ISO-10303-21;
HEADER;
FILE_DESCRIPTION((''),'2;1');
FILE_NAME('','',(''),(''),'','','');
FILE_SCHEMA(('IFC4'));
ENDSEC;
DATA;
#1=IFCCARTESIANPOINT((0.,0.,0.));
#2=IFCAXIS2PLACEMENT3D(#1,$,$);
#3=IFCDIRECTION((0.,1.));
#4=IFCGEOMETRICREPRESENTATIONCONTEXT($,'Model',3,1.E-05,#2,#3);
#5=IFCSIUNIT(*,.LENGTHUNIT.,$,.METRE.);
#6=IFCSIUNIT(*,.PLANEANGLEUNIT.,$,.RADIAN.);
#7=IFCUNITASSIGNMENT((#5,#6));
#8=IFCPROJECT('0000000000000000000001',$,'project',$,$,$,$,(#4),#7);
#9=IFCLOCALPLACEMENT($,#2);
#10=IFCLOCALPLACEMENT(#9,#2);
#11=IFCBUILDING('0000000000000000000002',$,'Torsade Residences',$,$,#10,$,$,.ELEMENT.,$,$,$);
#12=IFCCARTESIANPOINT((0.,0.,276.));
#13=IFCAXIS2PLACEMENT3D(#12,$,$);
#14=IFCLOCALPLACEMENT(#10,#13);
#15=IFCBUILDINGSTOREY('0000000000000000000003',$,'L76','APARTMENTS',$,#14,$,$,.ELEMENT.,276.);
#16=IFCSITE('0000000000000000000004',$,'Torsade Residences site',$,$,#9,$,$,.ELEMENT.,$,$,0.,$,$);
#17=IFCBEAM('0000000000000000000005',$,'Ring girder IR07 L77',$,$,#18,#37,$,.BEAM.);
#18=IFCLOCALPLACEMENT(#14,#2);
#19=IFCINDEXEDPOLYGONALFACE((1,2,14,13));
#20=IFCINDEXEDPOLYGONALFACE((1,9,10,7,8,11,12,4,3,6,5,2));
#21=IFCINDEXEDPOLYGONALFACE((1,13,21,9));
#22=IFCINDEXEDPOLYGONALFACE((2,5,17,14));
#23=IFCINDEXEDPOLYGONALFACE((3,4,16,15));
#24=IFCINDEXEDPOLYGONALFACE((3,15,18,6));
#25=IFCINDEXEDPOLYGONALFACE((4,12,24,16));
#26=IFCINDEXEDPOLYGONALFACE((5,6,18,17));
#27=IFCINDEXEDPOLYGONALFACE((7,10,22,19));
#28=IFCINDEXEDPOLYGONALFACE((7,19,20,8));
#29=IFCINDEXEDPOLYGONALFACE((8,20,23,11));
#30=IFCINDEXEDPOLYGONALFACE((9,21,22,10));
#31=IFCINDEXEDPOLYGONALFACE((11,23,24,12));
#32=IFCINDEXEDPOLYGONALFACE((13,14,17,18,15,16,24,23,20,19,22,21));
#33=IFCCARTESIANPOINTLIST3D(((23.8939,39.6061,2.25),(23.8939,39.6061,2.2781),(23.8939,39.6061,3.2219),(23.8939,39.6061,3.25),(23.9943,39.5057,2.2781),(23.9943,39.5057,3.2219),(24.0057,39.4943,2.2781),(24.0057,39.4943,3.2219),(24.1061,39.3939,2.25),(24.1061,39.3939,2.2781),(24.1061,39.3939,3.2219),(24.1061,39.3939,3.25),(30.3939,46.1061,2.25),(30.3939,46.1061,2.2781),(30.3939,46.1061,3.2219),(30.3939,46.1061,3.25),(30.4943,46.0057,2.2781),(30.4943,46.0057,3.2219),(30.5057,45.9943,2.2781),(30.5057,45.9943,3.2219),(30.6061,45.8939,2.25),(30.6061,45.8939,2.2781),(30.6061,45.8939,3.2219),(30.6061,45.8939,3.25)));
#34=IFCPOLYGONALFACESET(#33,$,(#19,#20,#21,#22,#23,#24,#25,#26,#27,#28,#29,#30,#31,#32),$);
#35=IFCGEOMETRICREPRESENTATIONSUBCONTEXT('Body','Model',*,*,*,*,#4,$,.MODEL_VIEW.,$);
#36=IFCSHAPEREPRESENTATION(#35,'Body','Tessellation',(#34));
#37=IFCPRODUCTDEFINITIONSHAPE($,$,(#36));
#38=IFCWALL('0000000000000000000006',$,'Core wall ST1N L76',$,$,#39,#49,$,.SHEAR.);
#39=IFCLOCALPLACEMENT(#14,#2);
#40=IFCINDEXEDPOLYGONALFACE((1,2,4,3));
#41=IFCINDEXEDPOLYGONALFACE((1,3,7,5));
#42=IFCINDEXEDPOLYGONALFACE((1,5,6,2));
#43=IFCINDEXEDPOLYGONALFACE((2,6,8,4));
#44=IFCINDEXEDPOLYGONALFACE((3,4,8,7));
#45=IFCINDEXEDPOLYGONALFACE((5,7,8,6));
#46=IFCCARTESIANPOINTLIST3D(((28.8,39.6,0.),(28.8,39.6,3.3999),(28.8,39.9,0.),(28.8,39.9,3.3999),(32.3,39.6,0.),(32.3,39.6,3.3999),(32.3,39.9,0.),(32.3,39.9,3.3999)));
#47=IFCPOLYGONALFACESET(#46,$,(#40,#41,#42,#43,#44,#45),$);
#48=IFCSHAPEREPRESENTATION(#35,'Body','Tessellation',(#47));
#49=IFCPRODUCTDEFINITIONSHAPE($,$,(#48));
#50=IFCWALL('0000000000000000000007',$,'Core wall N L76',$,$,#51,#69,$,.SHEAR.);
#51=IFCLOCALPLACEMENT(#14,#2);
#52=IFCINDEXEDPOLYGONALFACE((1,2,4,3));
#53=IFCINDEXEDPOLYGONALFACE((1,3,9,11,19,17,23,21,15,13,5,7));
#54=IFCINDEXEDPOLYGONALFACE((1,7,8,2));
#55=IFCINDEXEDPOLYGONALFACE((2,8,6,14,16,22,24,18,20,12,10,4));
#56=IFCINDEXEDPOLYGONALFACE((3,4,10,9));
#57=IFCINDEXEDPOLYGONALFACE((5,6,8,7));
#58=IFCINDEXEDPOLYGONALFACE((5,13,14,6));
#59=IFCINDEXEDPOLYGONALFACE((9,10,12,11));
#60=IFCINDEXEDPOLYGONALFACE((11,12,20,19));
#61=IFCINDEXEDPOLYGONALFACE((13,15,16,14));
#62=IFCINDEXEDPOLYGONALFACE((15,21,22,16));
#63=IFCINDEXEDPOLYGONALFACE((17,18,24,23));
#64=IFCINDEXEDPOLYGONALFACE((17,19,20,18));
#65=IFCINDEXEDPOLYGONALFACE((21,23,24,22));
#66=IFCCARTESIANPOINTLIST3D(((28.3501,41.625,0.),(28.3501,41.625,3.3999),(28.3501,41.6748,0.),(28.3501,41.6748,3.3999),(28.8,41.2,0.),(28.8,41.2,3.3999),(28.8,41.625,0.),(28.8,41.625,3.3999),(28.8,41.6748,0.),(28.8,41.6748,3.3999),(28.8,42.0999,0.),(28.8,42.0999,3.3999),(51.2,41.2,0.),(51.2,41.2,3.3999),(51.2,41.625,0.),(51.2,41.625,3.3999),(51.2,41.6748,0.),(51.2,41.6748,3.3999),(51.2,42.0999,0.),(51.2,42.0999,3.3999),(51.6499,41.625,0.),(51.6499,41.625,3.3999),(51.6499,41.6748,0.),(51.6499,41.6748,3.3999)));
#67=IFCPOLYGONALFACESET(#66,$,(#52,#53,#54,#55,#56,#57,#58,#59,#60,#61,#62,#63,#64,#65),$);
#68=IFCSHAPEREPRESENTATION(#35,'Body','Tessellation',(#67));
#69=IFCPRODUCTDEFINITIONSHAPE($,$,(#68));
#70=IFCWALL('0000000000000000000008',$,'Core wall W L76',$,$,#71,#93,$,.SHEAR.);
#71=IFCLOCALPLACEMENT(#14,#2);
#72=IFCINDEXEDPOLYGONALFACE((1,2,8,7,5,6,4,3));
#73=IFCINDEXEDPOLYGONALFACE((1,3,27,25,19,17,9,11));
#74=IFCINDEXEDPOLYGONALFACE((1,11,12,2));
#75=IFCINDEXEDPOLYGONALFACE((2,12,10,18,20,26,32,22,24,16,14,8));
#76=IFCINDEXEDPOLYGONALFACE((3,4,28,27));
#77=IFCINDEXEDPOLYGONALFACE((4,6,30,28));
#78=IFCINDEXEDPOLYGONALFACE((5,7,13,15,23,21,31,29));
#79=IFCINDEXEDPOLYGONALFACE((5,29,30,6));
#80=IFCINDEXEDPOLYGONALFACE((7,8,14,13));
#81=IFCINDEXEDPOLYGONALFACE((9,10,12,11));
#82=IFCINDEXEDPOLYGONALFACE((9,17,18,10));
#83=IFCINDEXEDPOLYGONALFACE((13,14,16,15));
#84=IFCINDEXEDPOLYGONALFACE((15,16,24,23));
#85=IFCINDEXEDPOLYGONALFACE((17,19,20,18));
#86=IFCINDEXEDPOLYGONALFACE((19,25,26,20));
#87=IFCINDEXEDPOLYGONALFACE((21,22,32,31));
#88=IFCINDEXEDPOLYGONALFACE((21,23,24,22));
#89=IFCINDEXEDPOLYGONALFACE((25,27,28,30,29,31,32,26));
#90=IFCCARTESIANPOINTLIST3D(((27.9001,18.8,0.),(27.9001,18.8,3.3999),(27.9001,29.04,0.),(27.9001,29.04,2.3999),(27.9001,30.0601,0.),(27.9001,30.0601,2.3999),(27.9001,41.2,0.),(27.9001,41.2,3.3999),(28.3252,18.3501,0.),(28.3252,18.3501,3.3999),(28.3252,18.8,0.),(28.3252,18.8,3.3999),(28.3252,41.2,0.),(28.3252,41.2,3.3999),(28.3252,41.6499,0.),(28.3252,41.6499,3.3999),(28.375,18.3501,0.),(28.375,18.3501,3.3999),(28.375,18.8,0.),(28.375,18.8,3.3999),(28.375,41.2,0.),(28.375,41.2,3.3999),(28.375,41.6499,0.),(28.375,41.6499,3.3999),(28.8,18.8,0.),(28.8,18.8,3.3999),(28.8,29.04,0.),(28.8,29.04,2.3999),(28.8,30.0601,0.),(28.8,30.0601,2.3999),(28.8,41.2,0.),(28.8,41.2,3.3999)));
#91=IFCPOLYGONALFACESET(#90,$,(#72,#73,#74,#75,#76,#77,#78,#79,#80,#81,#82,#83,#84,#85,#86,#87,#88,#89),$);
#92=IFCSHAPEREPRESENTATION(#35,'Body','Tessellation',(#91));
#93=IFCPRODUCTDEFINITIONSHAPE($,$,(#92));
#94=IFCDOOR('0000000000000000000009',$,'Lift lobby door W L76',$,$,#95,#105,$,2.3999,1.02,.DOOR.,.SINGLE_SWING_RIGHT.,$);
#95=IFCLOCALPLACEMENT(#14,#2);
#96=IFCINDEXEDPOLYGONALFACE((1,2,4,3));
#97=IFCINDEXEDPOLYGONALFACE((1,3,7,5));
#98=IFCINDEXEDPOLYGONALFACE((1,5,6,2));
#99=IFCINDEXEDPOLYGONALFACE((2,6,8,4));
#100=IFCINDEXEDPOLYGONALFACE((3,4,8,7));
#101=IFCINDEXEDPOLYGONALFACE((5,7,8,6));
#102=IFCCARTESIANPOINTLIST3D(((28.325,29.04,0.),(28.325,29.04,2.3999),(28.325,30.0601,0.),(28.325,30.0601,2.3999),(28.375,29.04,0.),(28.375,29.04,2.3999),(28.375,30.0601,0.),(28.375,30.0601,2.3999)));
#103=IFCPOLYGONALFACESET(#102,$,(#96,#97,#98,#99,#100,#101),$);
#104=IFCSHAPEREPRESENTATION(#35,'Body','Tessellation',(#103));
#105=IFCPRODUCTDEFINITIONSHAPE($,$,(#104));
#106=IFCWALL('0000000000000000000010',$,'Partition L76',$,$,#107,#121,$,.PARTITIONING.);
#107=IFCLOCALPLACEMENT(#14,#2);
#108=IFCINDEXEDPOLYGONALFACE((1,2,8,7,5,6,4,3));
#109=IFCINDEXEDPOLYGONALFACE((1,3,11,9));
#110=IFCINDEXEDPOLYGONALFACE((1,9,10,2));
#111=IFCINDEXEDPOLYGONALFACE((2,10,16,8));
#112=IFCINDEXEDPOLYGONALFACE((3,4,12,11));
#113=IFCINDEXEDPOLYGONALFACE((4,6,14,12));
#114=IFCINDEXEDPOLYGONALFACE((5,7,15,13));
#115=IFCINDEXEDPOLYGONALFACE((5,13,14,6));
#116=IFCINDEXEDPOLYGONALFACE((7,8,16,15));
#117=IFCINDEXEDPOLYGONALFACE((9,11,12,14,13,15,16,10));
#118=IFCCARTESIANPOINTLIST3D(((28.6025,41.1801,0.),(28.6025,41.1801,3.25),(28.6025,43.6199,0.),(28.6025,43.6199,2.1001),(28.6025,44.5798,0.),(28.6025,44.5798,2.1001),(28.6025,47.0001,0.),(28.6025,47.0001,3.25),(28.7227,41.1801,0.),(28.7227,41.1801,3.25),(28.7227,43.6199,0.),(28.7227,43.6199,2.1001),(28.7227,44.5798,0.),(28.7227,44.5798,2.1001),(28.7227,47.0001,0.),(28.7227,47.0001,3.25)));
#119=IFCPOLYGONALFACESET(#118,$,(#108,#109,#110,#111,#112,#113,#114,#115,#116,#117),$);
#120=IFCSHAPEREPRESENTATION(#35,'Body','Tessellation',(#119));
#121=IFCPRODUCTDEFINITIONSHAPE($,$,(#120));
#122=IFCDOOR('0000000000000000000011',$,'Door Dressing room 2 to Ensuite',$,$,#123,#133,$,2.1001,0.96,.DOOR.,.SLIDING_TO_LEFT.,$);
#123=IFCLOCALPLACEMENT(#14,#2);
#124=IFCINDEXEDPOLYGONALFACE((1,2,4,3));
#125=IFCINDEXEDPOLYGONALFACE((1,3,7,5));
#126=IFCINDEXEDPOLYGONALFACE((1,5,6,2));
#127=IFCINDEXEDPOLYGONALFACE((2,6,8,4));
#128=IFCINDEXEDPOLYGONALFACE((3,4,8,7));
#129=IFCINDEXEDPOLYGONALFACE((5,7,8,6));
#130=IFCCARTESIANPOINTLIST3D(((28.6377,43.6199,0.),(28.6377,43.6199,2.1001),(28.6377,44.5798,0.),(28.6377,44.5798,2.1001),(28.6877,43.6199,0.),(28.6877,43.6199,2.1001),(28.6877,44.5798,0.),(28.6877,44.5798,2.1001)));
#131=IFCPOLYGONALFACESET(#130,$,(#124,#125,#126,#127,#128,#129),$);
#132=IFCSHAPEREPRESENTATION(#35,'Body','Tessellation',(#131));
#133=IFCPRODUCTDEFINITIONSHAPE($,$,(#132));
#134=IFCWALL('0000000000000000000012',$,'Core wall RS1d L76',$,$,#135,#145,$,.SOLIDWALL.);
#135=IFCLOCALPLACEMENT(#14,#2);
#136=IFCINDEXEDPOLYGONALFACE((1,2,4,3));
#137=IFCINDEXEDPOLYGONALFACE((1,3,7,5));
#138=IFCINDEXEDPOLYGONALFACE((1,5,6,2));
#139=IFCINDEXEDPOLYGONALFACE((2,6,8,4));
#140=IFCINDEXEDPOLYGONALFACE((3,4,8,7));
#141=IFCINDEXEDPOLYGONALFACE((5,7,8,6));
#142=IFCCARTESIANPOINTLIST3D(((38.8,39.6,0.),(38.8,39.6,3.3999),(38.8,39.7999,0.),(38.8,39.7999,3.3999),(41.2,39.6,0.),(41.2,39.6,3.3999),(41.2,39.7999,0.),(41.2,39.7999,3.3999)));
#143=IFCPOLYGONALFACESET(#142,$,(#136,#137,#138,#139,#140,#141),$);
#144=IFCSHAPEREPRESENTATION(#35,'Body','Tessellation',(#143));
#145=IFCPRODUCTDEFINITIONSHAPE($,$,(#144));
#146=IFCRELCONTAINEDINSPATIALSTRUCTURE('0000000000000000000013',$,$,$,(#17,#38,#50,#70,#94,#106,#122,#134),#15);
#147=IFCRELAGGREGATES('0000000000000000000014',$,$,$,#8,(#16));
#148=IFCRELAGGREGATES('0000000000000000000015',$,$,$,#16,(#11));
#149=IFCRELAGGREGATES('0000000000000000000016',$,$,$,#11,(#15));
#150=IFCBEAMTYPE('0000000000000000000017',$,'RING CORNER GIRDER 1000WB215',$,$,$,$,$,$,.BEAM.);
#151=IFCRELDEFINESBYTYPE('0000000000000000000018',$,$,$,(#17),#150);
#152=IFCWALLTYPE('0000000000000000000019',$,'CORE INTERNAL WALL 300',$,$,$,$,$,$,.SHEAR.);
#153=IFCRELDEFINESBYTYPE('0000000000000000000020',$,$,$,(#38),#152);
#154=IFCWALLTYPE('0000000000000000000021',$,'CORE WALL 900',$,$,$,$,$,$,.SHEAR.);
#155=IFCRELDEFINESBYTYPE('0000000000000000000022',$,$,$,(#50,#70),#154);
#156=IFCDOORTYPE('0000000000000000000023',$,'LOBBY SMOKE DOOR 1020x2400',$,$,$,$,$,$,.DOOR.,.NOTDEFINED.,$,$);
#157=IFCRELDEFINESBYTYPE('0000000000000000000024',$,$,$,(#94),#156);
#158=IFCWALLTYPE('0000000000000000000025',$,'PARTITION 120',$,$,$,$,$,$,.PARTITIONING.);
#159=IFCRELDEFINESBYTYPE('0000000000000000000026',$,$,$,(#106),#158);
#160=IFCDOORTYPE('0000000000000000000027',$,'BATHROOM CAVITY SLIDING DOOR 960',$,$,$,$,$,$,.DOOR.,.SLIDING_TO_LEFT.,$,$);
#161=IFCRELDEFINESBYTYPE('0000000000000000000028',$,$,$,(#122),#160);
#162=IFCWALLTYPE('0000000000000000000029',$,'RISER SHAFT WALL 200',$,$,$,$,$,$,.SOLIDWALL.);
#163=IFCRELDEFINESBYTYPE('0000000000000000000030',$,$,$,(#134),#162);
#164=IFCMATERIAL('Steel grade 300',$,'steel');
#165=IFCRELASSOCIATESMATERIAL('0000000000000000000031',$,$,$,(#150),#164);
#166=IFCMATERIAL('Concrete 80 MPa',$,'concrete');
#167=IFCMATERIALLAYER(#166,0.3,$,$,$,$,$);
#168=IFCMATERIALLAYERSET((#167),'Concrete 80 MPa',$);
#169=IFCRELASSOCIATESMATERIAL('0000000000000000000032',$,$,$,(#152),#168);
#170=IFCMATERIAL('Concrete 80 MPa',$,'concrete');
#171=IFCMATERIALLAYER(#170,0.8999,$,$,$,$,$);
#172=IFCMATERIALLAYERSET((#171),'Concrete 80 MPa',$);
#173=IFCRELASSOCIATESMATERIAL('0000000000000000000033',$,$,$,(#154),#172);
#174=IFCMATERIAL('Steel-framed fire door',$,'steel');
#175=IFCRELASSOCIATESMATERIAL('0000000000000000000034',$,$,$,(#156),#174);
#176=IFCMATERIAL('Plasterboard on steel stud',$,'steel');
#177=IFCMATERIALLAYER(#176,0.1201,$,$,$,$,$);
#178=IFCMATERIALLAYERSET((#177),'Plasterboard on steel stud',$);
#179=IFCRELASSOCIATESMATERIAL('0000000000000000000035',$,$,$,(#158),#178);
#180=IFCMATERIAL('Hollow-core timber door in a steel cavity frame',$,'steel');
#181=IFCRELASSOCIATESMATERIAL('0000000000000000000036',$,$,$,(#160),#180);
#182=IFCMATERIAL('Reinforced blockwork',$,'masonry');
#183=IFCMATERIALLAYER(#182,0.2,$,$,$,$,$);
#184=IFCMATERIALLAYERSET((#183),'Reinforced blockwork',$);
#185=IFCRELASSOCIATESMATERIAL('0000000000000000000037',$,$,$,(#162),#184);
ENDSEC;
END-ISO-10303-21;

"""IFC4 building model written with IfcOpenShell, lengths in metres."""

from ifc_helpers import new_model, si_unit, direction, frame, frame_2d, origin, origin_2d, place, context, subcontext, project, spatial, polyline, rectangle, i_section, outline, extrude, material, layer, layer_set, material_profile, profile_set, type_object, element, fill, save


model = new_model("IFC4")

# Units and contexts
model_context = context("Model", 3, precision=1e-05, world=origin(), true_north=direction((0.0, 1.0)))
body_context = subcontext(model_context, "Body", "Model", "MODEL_VIEW")
ifc_project = project(units=[si_unit("LENGTHUNIT", "METRE"), si_unit("PLANEANGLEUNIT", "RADIAN")], contexts=[model_context])

# Site, building, storey
site_placement = place(None, origin())
site = spatial("IfcSite", under=ifc_project, at=site_placement, Name="Torsade Residences site", CompositionType="ELEMENT", RefElevation=0.0)
building_placement = place(site_placement, origin())
building = spatial("IfcBuilding", under=site, at=building_placement, Name="Torsade Residences", CompositionType="ELEMENT")
storey_placement = place(building_placement, frame((0.0, 0.0, 276.0)))
storey = spatial("IfcBuildingStorey", under=building, at=storey_placement, Name="L76", Description="APARTMENTS", CompositionType="ELEMENT", Elevation=276.0)

# Beam
ifc_material_1 = material(Name="Steel grade 300", Category="steel")
ifc_material_profile_1 = material_profile(ifc_material_1, i_section(OverallWidth=0.3, OverallDepth=1.0, WebThickness=0.0161, FlangeThickness=0.0281, at=origin_2d()), Name="1000WB215")
ifc_profile_set_1 = profile_set([ifc_material_profile_1], Name="Steel grade 300")
beam_type_1 = type_object("IfcBeamType", Name="RING CORNER GIRDER 1000WB215", PredefinedType="BEAM", material=ifc_profile_set_1)
beam_1_placement = place(storey_placement, frame((30.5, 46.0, 2.75), z_axis=(-0.707107, -0.707107, 0.0), x_axis=(0.707107, -0.707107, 0.0)))
element("IfcBeam", 1, at=beam_1_placement, inside=storey, type_object=beam_type_1, Name="Ring girder IR07 L77", PredefinedType="BEAM", context=body_context, shape_type="SweptSolid", body=[
    extrude(i_section(OverallWidth=0.3, OverallDepth=1.0, WebThickness=0.0161, FlangeThickness=0.0281, at=origin_2d()), origin(), (0.0, 0.0, 1.0), 9.1924),
])

# Walls
ifc_material_2 = material(Name="Concrete 80 MPa", Category="concrete")
ifc_layer_1 = layer(ifc_material_2, 0.3)
ifc_layer_set_1 = layer_set([ifc_layer_1], Name="Concrete 80 MPa")
wall_type_1 = type_object("IfcWallType", Name="CORE INTERNAL WALL 300", PredefinedType="SHEAR", material=ifc_layer_set_1)
wall_1_placement = place(storey_placement, frame((28.8, 39.75, 0.0), z_axis=(0.0, 0.0, 1.0), x_axis=(1.0, 0.0, 0.0)))
element("IfcWall", 2, at=wall_1_placement, inside=storey, type_object=wall_type_1, Name="Core wall ST1N L76", PredefinedType="SHEAR", context=body_context, shape_type="SweptSolid", body=[
    extrude(rectangle(XDim=3.5, YDim=0.3, at=frame_2d((1.75, 0.0))), origin(), (0.0, 0.0, 1.0), 3.3999),
])
ifc_material_3 = material(Name="Concrete 80 MPa", Category="concrete")
ifc_layer_2 = layer(ifc_material_3, 0.8999)
ifc_layer_set_2 = layer_set([ifc_layer_2], Name="Concrete 80 MPa")
wall_type_2 = type_object("IfcWallType", Name="CORE WALL 900", PredefinedType="SHEAR", material=ifc_layer_set_2)
wall_2_placement = place(storey_placement, frame((28.8, 41.6499, 0.0), z_axis=(0.0, 0.0, 1.0), x_axis=(1.0, 0.0, 0.0)))
element("IfcWall", 3, at=wall_2_placement, inside=storey, type_object=wall_type_2, Name="Core wall N L76", PredefinedType="SHEAR", context=body_context, shape_type="SweptSolid", body=[
    extrude(outline(polyline([(0.0, -0.45), (22.3999, -0.45), (22.3999, -0.0249), (22.8499, -0.0249), (22.8499, 0.0249), (22.3999, 0.0249), (22.3999, 0.45), (0.0, 0.45), (0.0, 0.0249), (-0.45, 0.0249), (-0.45, -0.0249), (0.0, -0.0249), (0.0, -0.45)])), origin(), (0.0, 0.0, 1.0), 3.3999),
])

# Walls, openings, doors
wall_3_placement = place(storey_placement, frame((28.3501, 41.2, 0.0), z_axis=(0.0, 0.0, 1.0), x_axis=(0.0, -1.0, 0.0)))
wall_3 = element("IfcWall", 4, at=wall_3_placement, inside=storey, type_object=wall_type_2, Name="Core wall W L76", PredefinedType="SHEAR", context=body_context, shape_type="SweptSolid", body=[
    extrude(outline(polyline([(0.0, -0.45), (22.3999, -0.45), (22.3999, -0.0249), (22.8499, -0.0249), (22.8499, 0.0249), (22.3999, 0.0249), (22.3999, 0.45), (0.0, 0.45), (0.0, 0.0249), (-0.45, 0.0249), (-0.45, -0.0249), (0.0, -0.0249), (0.0, -0.45)])), origin(), (0.0, 0.0, 1.0), 3.3999),
])
opening_1_placement = place(wall_3_placement, frame((11.1399, 0.0, 0.0)))
opening_1 = element("IfcOpeningElement", 5, at=opening_1_placement, cuts=wall_3, PredefinedType="OPENING", context=body_context, shape_type="SweptSolid", body=[
    extrude(rectangle(XDim=1.02, YDim=2.3999, at=frame_2d((0.51, 1.2))), frame((0.0, 0.46, 0.0), z_axis=(0.0, -1.0, 0.0), x_axis=(1.0, 0.0, 0.0)), (0.0, 0.0, 1.0), 0.9199),
])
ifc_material_4 = material(Name="Steel-framed fire door", Category="steel")
door_type_1 = type_object("IfcDoorType", Name="LOBBY SMOKE DOOR 1020x2400", OperationType="NOTDEFINED", PredefinedType="DOOR", material=ifc_material_4)
door_1_placement = place(opening_1_placement, origin())
door_1 = element("IfcDoor", 6, at=door_1_placement, inside=storey, type_object=door_type_1, Name="Lift lobby door W L76", OperationType="SINGLE_SWING_RIGHT", OverallHeight=2.3999, OverallWidth=1.02, PredefinedType="DOOR", context=body_context, shape_type="SweptSolid", body=[
    extrude(rectangle(XDim=1.02, YDim=2.3999, at=frame_2d((0.51, 1.2))), frame((0.0, 0.0249, 0.0), z_axis=(0.0, -1.0, 0.0), x_axis=(1.0, 0.0, 0.0)), (0.0, 0.0, 1.0), 0.05),
])
fill(opening_1, door_1)
ifc_material_5 = material(Name="Plasterboard on steel stud", Category="steel")
ifc_layer_3 = layer(ifc_material_5, 0.1201)
ifc_layer_set_3 = layer_set([ifc_layer_3], Name="Plasterboard on steel stud")
wall_type_3 = type_object("IfcWallType", Name="PARTITION 120", PredefinedType="PARTITIONING", material=ifc_layer_set_3)
wall_4_placement = place(storey_placement, frame((28.6626, 41.1799, 0.0), z_axis=(0.0, 0.0, 1.0), x_axis=(0.0, 1.0, 0.0)))
wall_4 = element("IfcWall", 7, at=wall_4_placement, inside=storey, type_object=wall_type_3, Name="Partition L76", PredefinedType="PARTITIONING", context=body_context, shape_type="SweptSolid", body=[
    extrude(rectangle(XDim=5.8201, YDim=0.1201, at=frame_2d((2.9102, 0.0))), origin(), (0.0, 0.0, 1.0), 3.25),
])
opening_2_placement = place(wall_4_placement, frame((2.4399, 0.0, 0.0)))
opening_2 = element("IfcOpeningElement", 8, at=opening_2_placement, cuts=wall_4, PredefinedType="OPENING", context=body_context, shape_type="SweptSolid", body=[
    extrude(rectangle(XDim=0.96, YDim=2.1001, at=frame_2d((0.48, 1.05))), frame((0.0, 0.0701, 0.0), z_axis=(0.0, -1.0, 0.0), x_axis=(1.0, 0.0, 0.0)), (0.0, 0.0, 1.0), 0.1401),
])
ifc_material_6 = material(Name="Hollow-core timber door in a steel cavity frame", Category="steel")
door_type_2 = type_object("IfcDoorType", Name="BATHROOM CAVITY SLIDING DOOR 960", OperationType="SLIDING_TO_LEFT", PredefinedType="DOOR", material=ifc_material_6)
door_2_placement = place(opening_2_placement, origin())
door_2 = element("IfcDoor", 9, at=door_2_placement, inside=storey, type_object=door_type_2, Name="Door Dressing room 2 to Ensuite", OperationType="SLIDING_TO_LEFT", OverallHeight=2.1001, OverallWidth=0.96, PredefinedType="DOOR", context=body_context, shape_type="SweptSolid", body=[
    extrude(rectangle(XDim=0.96, YDim=2.1001, at=frame_2d((0.48, 1.05))), frame((0.0, 0.0249, 0.0), z_axis=(0.0, -1.0, 0.0), x_axis=(1.0, 0.0, 0.0)), (0.0, 0.0, 1.0), 0.05),
])
fill(opening_2, door_2)

# Wall
ifc_material_7 = material(Name="Reinforced blockwork", Category="masonry")
ifc_layer_4 = layer(ifc_material_7, 0.2)
ifc_layer_set_4 = layer_set([ifc_layer_4], Name="Reinforced blockwork")
wall_type_4 = type_object("IfcWallType", Name="RISER SHAFT WALL 200", PredefinedType="SOLIDWALL", material=ifc_layer_set_4)
wall_5_placement = place(storey_placement, frame((38.8, 39.7, 0.0), z_axis=(0.0, 0.0, 1.0), x_axis=(1.0, 0.0, 0.0)))
element("IfcWall", 10, at=wall_5_placement, inside=storey, type_object=wall_type_4, Name="Core wall RS1d L76", PredefinedType="SOLIDWALL", context=body_context, shape_type="SweptSolid", body=[
    extrude(rectangle(XDim=2.3999, YDim=0.2, at=frame_2d((1.2, 0.0))), origin(), (0.0, 0.0, 1.0), 3.3999),
])

save(model, "model.ifc")
